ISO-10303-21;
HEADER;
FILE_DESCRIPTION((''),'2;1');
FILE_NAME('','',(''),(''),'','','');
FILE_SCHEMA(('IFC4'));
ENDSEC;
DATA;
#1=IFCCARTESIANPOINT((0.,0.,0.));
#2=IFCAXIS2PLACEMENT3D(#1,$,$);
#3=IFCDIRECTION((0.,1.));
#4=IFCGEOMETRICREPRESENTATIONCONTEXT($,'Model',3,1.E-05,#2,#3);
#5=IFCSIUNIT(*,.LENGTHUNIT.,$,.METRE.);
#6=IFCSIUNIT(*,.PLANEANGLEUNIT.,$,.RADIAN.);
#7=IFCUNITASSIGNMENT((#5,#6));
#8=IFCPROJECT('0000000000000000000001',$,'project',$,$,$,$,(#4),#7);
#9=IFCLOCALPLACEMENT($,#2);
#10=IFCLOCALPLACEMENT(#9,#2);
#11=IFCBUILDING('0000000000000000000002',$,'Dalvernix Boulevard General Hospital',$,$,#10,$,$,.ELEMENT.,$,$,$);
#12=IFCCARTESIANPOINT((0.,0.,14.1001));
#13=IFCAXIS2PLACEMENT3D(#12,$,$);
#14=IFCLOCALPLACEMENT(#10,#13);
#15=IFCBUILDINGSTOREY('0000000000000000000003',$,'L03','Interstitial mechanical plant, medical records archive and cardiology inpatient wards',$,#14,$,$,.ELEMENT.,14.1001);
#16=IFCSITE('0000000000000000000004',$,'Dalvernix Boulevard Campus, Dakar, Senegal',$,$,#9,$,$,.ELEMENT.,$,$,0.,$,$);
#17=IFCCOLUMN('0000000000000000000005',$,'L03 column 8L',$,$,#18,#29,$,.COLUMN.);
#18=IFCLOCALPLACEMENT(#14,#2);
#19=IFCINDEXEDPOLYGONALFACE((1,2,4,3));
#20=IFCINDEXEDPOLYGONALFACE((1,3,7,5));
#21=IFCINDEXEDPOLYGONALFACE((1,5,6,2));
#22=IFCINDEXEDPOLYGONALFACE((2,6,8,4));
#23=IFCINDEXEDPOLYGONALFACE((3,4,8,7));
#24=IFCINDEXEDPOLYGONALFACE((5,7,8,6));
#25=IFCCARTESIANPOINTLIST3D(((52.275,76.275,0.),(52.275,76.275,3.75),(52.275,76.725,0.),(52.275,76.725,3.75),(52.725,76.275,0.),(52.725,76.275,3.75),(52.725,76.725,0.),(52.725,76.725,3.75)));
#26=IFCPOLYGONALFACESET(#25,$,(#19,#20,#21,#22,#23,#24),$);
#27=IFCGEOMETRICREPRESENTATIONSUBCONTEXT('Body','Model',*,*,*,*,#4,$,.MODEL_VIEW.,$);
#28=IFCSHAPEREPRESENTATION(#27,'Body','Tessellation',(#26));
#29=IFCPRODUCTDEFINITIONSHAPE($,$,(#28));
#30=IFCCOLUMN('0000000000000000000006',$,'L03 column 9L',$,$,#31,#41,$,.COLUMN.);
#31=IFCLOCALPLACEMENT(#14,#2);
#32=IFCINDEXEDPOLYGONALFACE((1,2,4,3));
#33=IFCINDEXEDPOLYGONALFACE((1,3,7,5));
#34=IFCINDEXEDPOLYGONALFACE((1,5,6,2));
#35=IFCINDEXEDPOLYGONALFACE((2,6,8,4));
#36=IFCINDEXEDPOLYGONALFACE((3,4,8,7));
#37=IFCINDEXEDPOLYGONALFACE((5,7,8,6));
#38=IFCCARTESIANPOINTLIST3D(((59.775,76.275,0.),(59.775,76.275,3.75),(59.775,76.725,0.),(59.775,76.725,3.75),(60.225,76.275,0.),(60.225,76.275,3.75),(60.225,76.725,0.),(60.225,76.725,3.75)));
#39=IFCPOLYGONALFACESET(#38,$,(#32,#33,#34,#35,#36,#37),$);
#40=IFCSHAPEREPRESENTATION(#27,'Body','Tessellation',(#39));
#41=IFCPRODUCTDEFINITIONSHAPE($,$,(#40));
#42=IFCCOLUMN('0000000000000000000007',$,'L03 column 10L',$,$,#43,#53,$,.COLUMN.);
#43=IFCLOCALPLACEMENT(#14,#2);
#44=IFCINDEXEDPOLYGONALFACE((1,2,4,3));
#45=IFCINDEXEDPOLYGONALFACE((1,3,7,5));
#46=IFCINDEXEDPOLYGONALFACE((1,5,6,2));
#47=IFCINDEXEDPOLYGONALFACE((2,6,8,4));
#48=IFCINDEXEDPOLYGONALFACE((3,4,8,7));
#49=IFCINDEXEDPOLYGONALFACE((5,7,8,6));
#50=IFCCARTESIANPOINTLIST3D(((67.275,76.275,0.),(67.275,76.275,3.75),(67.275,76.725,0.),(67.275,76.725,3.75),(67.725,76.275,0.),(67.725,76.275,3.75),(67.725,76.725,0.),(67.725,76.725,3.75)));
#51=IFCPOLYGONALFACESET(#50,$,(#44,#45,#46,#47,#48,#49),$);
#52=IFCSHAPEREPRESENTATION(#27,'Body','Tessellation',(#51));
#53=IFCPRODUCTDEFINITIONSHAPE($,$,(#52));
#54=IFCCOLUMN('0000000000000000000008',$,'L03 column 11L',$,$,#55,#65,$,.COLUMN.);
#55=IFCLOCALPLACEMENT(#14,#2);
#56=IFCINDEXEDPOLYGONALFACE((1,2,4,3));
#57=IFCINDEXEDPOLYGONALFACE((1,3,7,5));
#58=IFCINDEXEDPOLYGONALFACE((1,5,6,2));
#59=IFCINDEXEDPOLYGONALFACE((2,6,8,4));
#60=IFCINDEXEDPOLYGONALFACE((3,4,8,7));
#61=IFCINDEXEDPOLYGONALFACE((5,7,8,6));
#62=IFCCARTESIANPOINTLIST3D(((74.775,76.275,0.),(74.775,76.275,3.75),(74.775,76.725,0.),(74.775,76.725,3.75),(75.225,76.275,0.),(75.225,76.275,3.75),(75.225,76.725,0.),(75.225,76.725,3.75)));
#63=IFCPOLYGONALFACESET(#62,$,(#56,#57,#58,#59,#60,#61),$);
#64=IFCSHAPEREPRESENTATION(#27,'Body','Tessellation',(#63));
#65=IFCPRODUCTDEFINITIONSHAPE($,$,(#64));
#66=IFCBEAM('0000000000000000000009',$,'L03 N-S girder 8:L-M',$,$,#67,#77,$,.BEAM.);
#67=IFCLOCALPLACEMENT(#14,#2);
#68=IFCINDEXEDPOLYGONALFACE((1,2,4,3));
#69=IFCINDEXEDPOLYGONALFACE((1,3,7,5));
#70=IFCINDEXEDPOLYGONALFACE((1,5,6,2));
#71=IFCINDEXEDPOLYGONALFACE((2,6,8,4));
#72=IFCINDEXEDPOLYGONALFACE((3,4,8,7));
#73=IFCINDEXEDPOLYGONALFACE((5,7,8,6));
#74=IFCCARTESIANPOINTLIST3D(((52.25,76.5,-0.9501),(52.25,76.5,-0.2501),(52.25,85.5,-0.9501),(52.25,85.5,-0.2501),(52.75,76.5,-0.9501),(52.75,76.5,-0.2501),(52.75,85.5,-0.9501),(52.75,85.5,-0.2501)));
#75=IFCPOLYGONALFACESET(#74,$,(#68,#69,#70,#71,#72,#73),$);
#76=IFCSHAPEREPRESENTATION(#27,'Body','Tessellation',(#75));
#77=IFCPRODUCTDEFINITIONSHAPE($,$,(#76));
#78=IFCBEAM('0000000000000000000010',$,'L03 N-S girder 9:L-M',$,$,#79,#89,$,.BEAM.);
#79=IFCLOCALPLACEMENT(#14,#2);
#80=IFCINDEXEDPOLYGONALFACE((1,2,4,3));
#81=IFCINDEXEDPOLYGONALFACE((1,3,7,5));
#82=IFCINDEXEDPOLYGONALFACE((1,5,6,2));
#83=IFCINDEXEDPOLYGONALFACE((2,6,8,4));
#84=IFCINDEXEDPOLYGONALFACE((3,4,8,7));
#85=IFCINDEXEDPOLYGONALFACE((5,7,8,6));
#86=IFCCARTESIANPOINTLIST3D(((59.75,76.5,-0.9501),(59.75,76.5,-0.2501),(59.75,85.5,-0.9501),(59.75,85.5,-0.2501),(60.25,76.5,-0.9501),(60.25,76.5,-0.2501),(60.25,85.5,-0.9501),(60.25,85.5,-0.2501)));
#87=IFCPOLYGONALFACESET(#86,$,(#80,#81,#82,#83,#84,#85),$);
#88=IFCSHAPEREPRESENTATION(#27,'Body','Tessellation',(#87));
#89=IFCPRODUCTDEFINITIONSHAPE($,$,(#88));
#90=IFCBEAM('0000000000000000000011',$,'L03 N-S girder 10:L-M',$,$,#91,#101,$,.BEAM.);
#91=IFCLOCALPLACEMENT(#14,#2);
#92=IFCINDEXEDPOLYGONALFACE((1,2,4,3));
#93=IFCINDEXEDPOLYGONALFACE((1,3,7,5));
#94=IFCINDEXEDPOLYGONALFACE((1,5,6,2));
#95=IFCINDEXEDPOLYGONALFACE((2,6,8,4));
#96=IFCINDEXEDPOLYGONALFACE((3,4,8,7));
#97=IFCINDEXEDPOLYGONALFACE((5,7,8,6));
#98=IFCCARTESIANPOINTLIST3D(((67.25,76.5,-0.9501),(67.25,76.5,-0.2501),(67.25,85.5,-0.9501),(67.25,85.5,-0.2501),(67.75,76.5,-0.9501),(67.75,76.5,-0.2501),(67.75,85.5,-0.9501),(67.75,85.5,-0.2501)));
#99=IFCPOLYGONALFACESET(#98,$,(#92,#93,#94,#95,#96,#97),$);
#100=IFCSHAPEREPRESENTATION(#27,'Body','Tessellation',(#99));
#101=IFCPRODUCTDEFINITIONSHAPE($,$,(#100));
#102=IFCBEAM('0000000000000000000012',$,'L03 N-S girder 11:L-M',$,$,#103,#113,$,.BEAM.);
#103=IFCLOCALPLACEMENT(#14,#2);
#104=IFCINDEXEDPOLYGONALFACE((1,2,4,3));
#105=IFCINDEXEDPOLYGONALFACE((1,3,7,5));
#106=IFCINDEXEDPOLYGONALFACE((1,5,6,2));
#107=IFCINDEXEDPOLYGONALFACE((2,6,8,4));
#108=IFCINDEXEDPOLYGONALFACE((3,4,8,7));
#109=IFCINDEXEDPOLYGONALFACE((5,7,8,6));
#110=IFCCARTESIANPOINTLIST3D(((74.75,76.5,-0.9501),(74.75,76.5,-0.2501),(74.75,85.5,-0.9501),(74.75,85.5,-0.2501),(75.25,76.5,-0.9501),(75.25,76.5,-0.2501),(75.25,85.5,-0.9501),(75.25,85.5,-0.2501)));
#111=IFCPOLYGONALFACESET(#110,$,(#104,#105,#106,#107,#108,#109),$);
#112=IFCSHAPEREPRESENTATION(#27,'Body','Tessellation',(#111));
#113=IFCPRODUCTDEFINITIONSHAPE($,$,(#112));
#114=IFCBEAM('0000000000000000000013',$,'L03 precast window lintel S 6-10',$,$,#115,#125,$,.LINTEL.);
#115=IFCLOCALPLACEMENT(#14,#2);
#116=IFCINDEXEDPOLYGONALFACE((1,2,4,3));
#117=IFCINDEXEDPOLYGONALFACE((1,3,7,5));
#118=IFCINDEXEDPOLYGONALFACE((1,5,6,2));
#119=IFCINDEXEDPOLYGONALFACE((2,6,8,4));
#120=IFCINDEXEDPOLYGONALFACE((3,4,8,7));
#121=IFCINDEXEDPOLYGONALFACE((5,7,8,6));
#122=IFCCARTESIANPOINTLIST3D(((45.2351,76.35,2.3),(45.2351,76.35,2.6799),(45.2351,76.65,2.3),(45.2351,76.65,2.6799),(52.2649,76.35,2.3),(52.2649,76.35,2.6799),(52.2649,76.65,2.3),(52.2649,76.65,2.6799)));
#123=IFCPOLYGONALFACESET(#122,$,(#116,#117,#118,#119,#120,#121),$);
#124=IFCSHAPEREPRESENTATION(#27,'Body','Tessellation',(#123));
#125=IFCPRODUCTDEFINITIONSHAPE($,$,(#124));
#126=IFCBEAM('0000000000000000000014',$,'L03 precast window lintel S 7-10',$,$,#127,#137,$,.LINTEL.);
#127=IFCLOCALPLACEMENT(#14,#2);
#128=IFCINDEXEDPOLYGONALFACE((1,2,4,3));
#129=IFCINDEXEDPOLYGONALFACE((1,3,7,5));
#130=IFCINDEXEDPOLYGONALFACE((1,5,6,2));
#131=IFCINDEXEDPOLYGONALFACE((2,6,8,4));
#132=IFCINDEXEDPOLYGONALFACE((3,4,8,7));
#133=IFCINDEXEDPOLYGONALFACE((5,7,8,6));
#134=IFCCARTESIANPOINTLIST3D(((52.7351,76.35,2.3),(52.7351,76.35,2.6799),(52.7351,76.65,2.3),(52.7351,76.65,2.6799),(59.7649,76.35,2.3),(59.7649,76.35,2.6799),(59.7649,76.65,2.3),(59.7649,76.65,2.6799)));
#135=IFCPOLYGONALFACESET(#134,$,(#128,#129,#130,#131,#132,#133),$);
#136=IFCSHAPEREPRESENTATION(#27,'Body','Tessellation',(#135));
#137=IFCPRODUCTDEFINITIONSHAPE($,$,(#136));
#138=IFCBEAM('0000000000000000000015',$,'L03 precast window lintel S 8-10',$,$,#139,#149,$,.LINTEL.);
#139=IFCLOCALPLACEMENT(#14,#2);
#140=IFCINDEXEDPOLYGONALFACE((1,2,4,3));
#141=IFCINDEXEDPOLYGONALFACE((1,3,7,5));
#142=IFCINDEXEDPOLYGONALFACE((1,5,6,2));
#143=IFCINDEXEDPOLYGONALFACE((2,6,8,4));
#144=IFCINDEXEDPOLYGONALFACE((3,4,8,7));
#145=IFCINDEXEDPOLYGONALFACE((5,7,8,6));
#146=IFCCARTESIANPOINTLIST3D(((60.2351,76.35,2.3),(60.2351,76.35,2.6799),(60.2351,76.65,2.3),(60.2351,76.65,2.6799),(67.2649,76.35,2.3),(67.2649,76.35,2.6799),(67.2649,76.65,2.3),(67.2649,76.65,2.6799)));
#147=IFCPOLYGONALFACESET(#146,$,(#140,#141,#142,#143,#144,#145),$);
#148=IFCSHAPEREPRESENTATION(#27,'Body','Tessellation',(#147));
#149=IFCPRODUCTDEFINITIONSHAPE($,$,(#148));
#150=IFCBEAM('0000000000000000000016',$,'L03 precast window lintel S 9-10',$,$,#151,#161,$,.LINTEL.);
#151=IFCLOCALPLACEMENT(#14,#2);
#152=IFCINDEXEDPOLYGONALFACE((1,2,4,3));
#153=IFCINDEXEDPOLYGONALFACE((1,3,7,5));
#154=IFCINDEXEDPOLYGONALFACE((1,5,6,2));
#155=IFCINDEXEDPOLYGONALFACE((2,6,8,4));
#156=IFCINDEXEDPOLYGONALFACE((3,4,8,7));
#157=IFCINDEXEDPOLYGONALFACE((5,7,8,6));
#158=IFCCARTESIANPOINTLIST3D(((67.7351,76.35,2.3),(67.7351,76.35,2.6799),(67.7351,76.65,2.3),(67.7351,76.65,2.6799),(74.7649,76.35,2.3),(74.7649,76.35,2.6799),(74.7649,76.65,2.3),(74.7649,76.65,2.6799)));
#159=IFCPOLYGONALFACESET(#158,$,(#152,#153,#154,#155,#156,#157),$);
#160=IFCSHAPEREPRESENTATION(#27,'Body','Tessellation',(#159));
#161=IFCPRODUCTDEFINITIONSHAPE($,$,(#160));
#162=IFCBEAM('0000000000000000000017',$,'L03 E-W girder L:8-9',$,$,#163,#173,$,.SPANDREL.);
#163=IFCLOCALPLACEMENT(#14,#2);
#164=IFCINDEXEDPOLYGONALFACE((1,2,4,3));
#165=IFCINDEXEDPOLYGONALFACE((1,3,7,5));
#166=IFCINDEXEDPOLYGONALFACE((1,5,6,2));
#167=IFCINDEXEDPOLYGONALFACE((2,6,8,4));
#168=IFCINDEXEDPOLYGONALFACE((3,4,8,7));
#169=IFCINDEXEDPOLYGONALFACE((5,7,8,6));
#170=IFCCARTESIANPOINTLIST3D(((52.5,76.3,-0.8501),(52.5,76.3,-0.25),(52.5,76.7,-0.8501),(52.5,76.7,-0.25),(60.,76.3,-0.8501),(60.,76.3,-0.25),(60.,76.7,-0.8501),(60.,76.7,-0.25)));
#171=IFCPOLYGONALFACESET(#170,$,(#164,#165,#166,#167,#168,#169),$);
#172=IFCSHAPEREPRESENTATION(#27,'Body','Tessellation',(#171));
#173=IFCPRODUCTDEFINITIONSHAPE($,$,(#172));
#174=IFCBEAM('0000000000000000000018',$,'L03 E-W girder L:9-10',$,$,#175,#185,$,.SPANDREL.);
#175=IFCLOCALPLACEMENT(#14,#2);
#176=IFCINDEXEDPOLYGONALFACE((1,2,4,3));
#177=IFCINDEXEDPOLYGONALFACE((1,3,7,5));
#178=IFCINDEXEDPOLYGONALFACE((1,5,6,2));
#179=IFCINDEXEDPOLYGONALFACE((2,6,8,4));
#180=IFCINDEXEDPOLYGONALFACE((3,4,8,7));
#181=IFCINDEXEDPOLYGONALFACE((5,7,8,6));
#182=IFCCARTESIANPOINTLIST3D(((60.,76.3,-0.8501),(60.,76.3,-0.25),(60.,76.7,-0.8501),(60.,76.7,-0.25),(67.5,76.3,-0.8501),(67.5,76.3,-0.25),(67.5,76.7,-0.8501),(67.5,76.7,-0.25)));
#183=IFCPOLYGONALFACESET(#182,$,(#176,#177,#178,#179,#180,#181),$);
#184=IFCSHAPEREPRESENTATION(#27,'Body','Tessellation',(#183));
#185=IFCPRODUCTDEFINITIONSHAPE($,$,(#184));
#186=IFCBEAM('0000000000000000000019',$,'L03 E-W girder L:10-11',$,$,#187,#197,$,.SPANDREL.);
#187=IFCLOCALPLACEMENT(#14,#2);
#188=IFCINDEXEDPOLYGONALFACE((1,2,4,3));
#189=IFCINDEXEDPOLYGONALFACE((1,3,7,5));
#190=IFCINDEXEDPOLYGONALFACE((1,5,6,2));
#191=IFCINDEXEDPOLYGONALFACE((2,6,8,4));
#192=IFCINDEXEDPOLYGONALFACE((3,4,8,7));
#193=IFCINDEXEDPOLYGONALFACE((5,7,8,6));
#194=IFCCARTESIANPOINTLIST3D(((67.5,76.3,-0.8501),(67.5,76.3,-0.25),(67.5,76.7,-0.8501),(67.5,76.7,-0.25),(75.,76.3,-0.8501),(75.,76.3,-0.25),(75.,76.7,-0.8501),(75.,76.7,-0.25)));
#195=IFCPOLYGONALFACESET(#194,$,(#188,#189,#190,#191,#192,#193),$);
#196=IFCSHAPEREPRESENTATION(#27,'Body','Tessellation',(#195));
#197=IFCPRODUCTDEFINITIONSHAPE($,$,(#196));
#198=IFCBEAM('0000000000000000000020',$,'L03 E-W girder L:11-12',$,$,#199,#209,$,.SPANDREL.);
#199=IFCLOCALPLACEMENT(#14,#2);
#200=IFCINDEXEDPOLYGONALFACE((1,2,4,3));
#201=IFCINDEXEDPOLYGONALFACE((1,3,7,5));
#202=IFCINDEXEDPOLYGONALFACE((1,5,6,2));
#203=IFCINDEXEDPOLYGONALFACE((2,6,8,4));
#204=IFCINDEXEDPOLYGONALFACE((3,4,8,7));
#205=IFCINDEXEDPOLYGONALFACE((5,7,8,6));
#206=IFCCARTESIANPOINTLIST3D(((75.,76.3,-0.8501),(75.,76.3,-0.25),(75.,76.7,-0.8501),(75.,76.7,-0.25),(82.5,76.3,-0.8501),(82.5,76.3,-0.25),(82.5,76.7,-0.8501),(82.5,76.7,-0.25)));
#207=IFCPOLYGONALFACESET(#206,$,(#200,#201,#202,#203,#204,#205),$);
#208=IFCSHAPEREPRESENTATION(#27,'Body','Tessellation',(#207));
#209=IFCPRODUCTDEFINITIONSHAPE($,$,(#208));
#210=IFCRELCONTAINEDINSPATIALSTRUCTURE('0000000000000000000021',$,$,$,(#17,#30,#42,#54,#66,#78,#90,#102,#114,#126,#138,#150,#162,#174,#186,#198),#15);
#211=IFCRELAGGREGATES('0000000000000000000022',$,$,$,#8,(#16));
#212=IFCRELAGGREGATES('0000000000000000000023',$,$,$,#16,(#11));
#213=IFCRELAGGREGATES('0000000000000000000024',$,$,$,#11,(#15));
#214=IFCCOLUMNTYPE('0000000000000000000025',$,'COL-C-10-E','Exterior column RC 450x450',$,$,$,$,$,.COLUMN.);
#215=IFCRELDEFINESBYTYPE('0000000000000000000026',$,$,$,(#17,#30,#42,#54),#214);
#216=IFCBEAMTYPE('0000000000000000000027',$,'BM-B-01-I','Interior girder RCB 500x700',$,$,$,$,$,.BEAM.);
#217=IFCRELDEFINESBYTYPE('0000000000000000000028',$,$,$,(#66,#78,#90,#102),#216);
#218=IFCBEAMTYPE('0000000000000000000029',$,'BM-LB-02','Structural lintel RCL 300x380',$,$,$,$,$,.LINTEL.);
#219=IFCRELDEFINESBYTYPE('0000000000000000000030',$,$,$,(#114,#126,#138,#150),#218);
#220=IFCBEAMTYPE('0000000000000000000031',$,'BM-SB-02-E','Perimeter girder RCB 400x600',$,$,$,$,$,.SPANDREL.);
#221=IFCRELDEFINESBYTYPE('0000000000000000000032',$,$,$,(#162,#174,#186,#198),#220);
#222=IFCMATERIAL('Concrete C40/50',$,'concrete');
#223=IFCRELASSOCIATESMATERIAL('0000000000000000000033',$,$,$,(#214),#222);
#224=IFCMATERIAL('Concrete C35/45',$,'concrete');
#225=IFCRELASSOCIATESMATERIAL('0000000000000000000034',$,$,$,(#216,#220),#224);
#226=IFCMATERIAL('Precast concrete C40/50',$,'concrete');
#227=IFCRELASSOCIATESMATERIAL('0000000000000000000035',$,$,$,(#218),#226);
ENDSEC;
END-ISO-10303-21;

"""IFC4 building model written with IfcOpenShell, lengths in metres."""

from ifc_helpers import new_model, si_unit, direction, frame, origin, origin_2d, place, context, subcontext, project, spatial, rectangle, extrude, material, material_profile, profile_set, type_object, element, save


model = new_model("IFC4")

# Units and contexts
model_context = context("Model", 3, precision=1e-05, world=origin(), true_north=direction((0.0, 1.0)))
body_context = subcontext(model_context, "Body", "Model", "MODEL_VIEW")
ifc_project = project(units=[si_unit("LENGTHUNIT", "METRE"), si_unit("PLANEANGLEUNIT", "RADIAN")], contexts=[model_context])

# Site, building, storey
site_placement = place(None, origin())
site = spatial("IfcSite", under=ifc_project, at=site_placement, Name="Dalvernix Boulevard Campus, Dakar, Senegal", CompositionType="ELEMENT", RefElevation=0.0)
building_placement = place(site_placement, origin())
building = spatial("IfcBuilding", under=site, at=building_placement, Name="Dalvernix Boulevard General Hospital", CompositionType="ELEMENT")
storey_placement = place(building_placement, frame((0.0, 0.0, 14.1001)))
storey = spatial("IfcBuildingStorey", under=building, at=storey_placement, Name="L03", Description="Interstitial mechanical plant, medical records archive and cardiology inpatient wards", CompositionType="ELEMENT", Elevation=14.1001)

# Columns
ifc_material_1 = material(Name="Concrete C40/50", Category="concrete")
ifc_material_profile_1 = material_profile(ifc_material_1, rectangle(XDim=0.45, YDim=0.45, at=origin_2d()), Name="RC 450x450")
ifc_profile_set_1 = profile_set([ifc_material_profile_1], Name="Concrete C40/50")
column_type = type_object("IfcColumnType", Name="COL-C-10-E", Description="Exterior column RC 450x450", PredefinedType="COLUMN", material=ifc_profile_set_1)
for number, where, z_axis, x_axis, name in (
    (1, (52.5, 76.5, 0.0), (0.0, 0.0, 1.0), (1.0, 0.0, 0.0), "L03 column 8L"),
    (2, (60.0, 76.5, 0.0), (0.0, 0.0, 1.0), (1.0, 0.0, 0.0), "L03 column 9L"),
    (3, (67.5, 76.5, 0.0), (0.0, 0.0, 1.0), (1.0, 0.0, 0.0), "L03 column 10L"),
    (4, (75.0, 76.5, 0.0), (0.0, 0.0, 1.0), (1.0, 0.0, 0.0), "L03 column 11L"),
):
    element("IfcColumn", number, at=place(storey_placement, frame(where, z_axis=z_axis, x_axis=x_axis)), inside=storey, type_object=column_type, Name=name, PredefinedType="COLUMN", context=body_context, shape_type="SweptSolid", body=[
        extrude(rectangle(XDim=0.45, YDim=0.45, at=origin_2d()), origin(), (0.0, 0.0, 1.0), 3.75),
    ])

# Beams
ifc_material_2 = material(Name="Concrete C35/45", Category="concrete")
ifc_material_profile_2 = material_profile(ifc_material_2, rectangle(XDim=0.5, YDim=0.7, at=origin_2d()), Name="RCB 500x700")
ifc_profile_set_2 = profile_set([ifc_material_profile_2], Name="Concrete C35/45")
beam_type_1 = type_object("IfcBeamType", Name="BM-B-01-I", Description="Interior girder RCB 500x700", PredefinedType="BEAM", material=ifc_profile_set_2)
for number, where, z_axis, x_axis, name in (
    (5, (52.5, 76.5, -0.6001), (0.0, 1.0, 0.0), (-1.0, 0.0, 0.0), "L03 N-S girder 8:L-M"),
    (6, (60.0, 76.5, -0.6001), (0.0, 1.0, 0.0), (-1.0, 0.0, 0.0), "L03 N-S girder 9:L-M"),
    (7, (67.5, 76.5, -0.6001), (0.0, 1.0, 0.0), (-1.0, 0.0, 0.0), "L03 N-S girder 10:L-M"),
    (8, (75.0, 76.5, -0.6001), (0.0, 1.0, 0.0), (-1.0, 0.0, 0.0), "L03 N-S girder 11:L-M"),
):
    element("IfcBeam", number, at=place(storey_placement, frame(where, z_axis=z_axis, x_axis=x_axis)), inside=storey, type_object=beam_type_1, Name=name, PredefinedType="BEAM", context=body_context, shape_type="SweptSolid", body=[
        extrude(rectangle(XDim=0.5, YDim=0.7, at=origin_2d()), origin(), (0.0, 0.0, 1.0), 9.0),
    ])
ifc_material_3 = material(Name="Precast concrete C40/50", Category="concrete")
ifc_material_profile_3 = material_profile(ifc_material_3, rectangle(XDim=0.3, YDim=0.3799, at=origin_2d()), Name="RCL 300x380")
ifc_profile_set_3 = profile_set([ifc_material_profile_3], Name="Precast concrete C40/50")
beam_type_2 = type_object("IfcBeamType", Name="BM-LB-02", Description="Structural lintel RCL 300x380", PredefinedType="LINTEL", material=ifc_profile_set_3)
for number, where, z_axis, x_axis, name in (
    (9, (52.2649, 76.5, 2.49), (-1.0, 0.0, 0.0), (0.0, -1.0, 0.0), "L03 precast window lintel S 6-10"),
    (10, (59.7649, 76.5, 2.49), (-1.0, 0.0, 0.0), (0.0, -1.0, 0.0), "L03 precast window lintel S 7-10"),
    (11, (67.2649, 76.5, 2.49), (-1.0, 0.0, 0.0), (0.0, -1.0, 0.0), "L03 precast window lintel S 8-10"),
    (12, (74.7649, 76.5, 2.49), (-1.0, 0.0, 0.0), (0.0, -1.0, 0.0), "L03 precast window lintel S 9-10"),
):
    element("IfcBeam", number, at=place(storey_placement, frame(where, z_axis=z_axis, x_axis=x_axis)), inside=storey, type_object=beam_type_2, Name=name, PredefinedType="LINTEL", context=body_context, shape_type="SweptSolid", body=[
        extrude(rectangle(XDim=0.3, YDim=0.3799, at=origin_2d()), origin(), (0.0, 0.0, 1.0), 7.0298),
    ])
ifc_material_profile_4 = material_profile(ifc_material_2, rectangle(XDim=0.3999, YDim=0.6001, at=origin_2d()), Name="RCB 400x600")
ifc_profile_set_4 = profile_set([ifc_material_profile_4], Name="Concrete C35/45")
beam_type_3 = type_object("IfcBeamType", Name="BM-SB-02-E", Description="Perimeter girder RCB 400x600", PredefinedType="SPANDREL", material=ifc_profile_set_4)
for number, where, z_axis, x_axis, name in (
    (13, (52.5, 76.5, -0.55), (1.0, 0.0, 0.0), (0.0, 1.0, 0.0), "L03 E-W girder L:8-9"),
    (14, (60.0, 76.5, -0.55), (1.0, 0.0, 0.0), (0.0, 1.0, 0.0), "L03 E-W girder L:9-10"),
    (15, (67.5, 76.5, -0.55), (1.0, 0.0, 0.0), (0.0, 1.0, 0.0), "L03 E-W girder L:10-11"),
    (16, (75.0, 76.5, -0.55), (1.0, 0.0, 0.0), (0.0, 1.0, 0.0), "L03 E-W girder L:11-12"),
):
    element("IfcBeam", number, at=place(storey_placement, frame(where, z_axis=z_axis, x_axis=x_axis)), inside=storey, type_object=beam_type_3, Name=name, PredefinedType="SPANDREL", context=body_context, shape_type="SweptSolid", body=[
        extrude(rectangle(XDim=0.3999, YDim=0.6001, at=origin_2d()), origin(), (0.0, 0.0, 1.0), 7.5),
    ])

save(model, "model.ifc")
